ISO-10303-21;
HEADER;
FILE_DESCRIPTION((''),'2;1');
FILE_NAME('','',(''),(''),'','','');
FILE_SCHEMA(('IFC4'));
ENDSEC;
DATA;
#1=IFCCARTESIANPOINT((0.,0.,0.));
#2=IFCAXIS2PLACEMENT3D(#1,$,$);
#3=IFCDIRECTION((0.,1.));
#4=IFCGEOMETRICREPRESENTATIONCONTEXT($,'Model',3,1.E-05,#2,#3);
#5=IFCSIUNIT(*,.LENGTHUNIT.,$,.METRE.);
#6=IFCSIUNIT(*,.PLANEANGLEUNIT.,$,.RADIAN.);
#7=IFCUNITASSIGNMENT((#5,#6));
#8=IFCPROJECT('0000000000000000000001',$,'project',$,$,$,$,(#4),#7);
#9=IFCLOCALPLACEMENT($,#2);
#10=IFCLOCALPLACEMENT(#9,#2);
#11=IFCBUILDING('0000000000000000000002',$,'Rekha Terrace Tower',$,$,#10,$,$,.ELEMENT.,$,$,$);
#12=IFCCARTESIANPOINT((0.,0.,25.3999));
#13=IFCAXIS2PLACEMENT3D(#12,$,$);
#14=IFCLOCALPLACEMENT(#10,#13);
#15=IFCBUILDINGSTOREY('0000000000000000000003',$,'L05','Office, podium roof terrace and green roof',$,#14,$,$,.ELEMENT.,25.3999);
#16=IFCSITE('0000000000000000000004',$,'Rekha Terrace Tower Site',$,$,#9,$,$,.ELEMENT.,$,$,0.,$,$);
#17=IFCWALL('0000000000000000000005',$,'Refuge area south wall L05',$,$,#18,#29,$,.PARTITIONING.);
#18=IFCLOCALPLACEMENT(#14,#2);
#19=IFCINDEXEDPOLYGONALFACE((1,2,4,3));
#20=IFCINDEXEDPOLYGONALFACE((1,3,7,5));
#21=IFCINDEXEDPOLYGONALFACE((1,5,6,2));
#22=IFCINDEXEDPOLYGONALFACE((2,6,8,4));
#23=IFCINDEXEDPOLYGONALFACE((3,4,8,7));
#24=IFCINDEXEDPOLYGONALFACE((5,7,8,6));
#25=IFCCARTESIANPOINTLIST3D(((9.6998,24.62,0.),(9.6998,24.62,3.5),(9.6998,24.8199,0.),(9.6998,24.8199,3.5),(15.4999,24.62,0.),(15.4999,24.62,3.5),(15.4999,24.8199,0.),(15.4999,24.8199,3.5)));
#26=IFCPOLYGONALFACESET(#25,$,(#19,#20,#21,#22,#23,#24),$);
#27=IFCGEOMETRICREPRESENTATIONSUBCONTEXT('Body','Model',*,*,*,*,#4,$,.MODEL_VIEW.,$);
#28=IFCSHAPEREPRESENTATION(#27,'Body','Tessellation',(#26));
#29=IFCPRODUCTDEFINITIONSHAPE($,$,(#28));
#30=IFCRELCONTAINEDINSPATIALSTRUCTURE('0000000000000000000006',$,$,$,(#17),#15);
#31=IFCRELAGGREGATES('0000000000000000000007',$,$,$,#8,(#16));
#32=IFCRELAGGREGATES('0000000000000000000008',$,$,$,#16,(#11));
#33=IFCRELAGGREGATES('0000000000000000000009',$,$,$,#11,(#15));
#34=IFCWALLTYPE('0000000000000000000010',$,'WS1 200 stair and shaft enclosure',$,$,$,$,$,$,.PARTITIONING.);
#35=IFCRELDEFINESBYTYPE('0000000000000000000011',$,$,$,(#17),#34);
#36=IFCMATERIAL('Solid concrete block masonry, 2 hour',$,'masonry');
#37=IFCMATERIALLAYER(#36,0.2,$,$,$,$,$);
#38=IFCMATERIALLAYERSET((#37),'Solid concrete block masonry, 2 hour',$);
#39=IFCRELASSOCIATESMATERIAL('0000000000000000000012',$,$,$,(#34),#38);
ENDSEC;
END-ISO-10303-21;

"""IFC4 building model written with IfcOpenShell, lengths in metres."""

from ifc_helpers import new_model, si_unit, direction, frame, frame_2d, origin, place, context, subcontext, project, spatial, rectangle, extrude, material, layer, layer_set, type_object, element, save


model = new_model("IFC4")

# Units and contexts
model_context = context("Model", 3, precision=1e-05, world=origin(), true_north=direction((0.0, 1.0)))
body_context = subcontext(model_context, "Body", "Model", "MODEL_VIEW")
ifc_project = project(units=[si_unit("LENGTHUNIT", "METRE"), si_unit("PLANEANGLEUNIT", "RADIAN")], contexts=[model_context])

# Site, building, storey
site_placement = place(None, origin())
site = spatial("IfcSite", under=ifc_project, at=site_placement, Name="Rekha Terrace Tower Site", CompositionType="ELEMENT", RefElevation=0.0)
building_placement = place(site_placement, origin())
building = spatial("IfcBuilding", under=site, at=building_placement, Name="Rekha Terrace Tower", CompositionType="ELEMENT")
storey_placement = place(building_placement, frame((0.0, 0.0, 25.3999)))
storey = spatial("IfcBuildingStorey", under=building, at=storey_placement, Name="L05", Description="Office, podium roof terrace and green roof", CompositionType="ELEMENT", Elevation=25.3999)

# Wall
ifc_material_1 = material(Name="Solid concrete block masonry, 2 hour", Category="masonry")
ifc_layer_1 = layer(ifc_material_1, 0.2)
ifc_layer_set_1 = layer_set([ifc_layer_1], Name="Solid concrete block masonry, 2 hour")
wall_type_1 = type_object("IfcWallType", Name="WS1 200 stair and shaft enclosure", PredefinedType="PARTITIONING", material=ifc_layer_set_1)
wall_1_placement = place(storey_placement, frame((9.7, 24.72, 0.0), z_axis=(0.0, 0.0, 1.0), x_axis=(1.0, 0.0, 0.0)))
element("IfcWall", 1, at=wall_1_placement, inside=storey, type_object=wall_type_1, Name="Refuge area south wall L05", PredefinedType="PARTITIONING", context=body_context, shape_type="SweptSolid", body=[
    extrude(rectangle(XDim=5.8, YDim=0.2, at=frame_2d((2.8999, 0.0))), origin(), (0.0, 0.0, 1.0), 3.5),
])

save(model, "model.ifc")
